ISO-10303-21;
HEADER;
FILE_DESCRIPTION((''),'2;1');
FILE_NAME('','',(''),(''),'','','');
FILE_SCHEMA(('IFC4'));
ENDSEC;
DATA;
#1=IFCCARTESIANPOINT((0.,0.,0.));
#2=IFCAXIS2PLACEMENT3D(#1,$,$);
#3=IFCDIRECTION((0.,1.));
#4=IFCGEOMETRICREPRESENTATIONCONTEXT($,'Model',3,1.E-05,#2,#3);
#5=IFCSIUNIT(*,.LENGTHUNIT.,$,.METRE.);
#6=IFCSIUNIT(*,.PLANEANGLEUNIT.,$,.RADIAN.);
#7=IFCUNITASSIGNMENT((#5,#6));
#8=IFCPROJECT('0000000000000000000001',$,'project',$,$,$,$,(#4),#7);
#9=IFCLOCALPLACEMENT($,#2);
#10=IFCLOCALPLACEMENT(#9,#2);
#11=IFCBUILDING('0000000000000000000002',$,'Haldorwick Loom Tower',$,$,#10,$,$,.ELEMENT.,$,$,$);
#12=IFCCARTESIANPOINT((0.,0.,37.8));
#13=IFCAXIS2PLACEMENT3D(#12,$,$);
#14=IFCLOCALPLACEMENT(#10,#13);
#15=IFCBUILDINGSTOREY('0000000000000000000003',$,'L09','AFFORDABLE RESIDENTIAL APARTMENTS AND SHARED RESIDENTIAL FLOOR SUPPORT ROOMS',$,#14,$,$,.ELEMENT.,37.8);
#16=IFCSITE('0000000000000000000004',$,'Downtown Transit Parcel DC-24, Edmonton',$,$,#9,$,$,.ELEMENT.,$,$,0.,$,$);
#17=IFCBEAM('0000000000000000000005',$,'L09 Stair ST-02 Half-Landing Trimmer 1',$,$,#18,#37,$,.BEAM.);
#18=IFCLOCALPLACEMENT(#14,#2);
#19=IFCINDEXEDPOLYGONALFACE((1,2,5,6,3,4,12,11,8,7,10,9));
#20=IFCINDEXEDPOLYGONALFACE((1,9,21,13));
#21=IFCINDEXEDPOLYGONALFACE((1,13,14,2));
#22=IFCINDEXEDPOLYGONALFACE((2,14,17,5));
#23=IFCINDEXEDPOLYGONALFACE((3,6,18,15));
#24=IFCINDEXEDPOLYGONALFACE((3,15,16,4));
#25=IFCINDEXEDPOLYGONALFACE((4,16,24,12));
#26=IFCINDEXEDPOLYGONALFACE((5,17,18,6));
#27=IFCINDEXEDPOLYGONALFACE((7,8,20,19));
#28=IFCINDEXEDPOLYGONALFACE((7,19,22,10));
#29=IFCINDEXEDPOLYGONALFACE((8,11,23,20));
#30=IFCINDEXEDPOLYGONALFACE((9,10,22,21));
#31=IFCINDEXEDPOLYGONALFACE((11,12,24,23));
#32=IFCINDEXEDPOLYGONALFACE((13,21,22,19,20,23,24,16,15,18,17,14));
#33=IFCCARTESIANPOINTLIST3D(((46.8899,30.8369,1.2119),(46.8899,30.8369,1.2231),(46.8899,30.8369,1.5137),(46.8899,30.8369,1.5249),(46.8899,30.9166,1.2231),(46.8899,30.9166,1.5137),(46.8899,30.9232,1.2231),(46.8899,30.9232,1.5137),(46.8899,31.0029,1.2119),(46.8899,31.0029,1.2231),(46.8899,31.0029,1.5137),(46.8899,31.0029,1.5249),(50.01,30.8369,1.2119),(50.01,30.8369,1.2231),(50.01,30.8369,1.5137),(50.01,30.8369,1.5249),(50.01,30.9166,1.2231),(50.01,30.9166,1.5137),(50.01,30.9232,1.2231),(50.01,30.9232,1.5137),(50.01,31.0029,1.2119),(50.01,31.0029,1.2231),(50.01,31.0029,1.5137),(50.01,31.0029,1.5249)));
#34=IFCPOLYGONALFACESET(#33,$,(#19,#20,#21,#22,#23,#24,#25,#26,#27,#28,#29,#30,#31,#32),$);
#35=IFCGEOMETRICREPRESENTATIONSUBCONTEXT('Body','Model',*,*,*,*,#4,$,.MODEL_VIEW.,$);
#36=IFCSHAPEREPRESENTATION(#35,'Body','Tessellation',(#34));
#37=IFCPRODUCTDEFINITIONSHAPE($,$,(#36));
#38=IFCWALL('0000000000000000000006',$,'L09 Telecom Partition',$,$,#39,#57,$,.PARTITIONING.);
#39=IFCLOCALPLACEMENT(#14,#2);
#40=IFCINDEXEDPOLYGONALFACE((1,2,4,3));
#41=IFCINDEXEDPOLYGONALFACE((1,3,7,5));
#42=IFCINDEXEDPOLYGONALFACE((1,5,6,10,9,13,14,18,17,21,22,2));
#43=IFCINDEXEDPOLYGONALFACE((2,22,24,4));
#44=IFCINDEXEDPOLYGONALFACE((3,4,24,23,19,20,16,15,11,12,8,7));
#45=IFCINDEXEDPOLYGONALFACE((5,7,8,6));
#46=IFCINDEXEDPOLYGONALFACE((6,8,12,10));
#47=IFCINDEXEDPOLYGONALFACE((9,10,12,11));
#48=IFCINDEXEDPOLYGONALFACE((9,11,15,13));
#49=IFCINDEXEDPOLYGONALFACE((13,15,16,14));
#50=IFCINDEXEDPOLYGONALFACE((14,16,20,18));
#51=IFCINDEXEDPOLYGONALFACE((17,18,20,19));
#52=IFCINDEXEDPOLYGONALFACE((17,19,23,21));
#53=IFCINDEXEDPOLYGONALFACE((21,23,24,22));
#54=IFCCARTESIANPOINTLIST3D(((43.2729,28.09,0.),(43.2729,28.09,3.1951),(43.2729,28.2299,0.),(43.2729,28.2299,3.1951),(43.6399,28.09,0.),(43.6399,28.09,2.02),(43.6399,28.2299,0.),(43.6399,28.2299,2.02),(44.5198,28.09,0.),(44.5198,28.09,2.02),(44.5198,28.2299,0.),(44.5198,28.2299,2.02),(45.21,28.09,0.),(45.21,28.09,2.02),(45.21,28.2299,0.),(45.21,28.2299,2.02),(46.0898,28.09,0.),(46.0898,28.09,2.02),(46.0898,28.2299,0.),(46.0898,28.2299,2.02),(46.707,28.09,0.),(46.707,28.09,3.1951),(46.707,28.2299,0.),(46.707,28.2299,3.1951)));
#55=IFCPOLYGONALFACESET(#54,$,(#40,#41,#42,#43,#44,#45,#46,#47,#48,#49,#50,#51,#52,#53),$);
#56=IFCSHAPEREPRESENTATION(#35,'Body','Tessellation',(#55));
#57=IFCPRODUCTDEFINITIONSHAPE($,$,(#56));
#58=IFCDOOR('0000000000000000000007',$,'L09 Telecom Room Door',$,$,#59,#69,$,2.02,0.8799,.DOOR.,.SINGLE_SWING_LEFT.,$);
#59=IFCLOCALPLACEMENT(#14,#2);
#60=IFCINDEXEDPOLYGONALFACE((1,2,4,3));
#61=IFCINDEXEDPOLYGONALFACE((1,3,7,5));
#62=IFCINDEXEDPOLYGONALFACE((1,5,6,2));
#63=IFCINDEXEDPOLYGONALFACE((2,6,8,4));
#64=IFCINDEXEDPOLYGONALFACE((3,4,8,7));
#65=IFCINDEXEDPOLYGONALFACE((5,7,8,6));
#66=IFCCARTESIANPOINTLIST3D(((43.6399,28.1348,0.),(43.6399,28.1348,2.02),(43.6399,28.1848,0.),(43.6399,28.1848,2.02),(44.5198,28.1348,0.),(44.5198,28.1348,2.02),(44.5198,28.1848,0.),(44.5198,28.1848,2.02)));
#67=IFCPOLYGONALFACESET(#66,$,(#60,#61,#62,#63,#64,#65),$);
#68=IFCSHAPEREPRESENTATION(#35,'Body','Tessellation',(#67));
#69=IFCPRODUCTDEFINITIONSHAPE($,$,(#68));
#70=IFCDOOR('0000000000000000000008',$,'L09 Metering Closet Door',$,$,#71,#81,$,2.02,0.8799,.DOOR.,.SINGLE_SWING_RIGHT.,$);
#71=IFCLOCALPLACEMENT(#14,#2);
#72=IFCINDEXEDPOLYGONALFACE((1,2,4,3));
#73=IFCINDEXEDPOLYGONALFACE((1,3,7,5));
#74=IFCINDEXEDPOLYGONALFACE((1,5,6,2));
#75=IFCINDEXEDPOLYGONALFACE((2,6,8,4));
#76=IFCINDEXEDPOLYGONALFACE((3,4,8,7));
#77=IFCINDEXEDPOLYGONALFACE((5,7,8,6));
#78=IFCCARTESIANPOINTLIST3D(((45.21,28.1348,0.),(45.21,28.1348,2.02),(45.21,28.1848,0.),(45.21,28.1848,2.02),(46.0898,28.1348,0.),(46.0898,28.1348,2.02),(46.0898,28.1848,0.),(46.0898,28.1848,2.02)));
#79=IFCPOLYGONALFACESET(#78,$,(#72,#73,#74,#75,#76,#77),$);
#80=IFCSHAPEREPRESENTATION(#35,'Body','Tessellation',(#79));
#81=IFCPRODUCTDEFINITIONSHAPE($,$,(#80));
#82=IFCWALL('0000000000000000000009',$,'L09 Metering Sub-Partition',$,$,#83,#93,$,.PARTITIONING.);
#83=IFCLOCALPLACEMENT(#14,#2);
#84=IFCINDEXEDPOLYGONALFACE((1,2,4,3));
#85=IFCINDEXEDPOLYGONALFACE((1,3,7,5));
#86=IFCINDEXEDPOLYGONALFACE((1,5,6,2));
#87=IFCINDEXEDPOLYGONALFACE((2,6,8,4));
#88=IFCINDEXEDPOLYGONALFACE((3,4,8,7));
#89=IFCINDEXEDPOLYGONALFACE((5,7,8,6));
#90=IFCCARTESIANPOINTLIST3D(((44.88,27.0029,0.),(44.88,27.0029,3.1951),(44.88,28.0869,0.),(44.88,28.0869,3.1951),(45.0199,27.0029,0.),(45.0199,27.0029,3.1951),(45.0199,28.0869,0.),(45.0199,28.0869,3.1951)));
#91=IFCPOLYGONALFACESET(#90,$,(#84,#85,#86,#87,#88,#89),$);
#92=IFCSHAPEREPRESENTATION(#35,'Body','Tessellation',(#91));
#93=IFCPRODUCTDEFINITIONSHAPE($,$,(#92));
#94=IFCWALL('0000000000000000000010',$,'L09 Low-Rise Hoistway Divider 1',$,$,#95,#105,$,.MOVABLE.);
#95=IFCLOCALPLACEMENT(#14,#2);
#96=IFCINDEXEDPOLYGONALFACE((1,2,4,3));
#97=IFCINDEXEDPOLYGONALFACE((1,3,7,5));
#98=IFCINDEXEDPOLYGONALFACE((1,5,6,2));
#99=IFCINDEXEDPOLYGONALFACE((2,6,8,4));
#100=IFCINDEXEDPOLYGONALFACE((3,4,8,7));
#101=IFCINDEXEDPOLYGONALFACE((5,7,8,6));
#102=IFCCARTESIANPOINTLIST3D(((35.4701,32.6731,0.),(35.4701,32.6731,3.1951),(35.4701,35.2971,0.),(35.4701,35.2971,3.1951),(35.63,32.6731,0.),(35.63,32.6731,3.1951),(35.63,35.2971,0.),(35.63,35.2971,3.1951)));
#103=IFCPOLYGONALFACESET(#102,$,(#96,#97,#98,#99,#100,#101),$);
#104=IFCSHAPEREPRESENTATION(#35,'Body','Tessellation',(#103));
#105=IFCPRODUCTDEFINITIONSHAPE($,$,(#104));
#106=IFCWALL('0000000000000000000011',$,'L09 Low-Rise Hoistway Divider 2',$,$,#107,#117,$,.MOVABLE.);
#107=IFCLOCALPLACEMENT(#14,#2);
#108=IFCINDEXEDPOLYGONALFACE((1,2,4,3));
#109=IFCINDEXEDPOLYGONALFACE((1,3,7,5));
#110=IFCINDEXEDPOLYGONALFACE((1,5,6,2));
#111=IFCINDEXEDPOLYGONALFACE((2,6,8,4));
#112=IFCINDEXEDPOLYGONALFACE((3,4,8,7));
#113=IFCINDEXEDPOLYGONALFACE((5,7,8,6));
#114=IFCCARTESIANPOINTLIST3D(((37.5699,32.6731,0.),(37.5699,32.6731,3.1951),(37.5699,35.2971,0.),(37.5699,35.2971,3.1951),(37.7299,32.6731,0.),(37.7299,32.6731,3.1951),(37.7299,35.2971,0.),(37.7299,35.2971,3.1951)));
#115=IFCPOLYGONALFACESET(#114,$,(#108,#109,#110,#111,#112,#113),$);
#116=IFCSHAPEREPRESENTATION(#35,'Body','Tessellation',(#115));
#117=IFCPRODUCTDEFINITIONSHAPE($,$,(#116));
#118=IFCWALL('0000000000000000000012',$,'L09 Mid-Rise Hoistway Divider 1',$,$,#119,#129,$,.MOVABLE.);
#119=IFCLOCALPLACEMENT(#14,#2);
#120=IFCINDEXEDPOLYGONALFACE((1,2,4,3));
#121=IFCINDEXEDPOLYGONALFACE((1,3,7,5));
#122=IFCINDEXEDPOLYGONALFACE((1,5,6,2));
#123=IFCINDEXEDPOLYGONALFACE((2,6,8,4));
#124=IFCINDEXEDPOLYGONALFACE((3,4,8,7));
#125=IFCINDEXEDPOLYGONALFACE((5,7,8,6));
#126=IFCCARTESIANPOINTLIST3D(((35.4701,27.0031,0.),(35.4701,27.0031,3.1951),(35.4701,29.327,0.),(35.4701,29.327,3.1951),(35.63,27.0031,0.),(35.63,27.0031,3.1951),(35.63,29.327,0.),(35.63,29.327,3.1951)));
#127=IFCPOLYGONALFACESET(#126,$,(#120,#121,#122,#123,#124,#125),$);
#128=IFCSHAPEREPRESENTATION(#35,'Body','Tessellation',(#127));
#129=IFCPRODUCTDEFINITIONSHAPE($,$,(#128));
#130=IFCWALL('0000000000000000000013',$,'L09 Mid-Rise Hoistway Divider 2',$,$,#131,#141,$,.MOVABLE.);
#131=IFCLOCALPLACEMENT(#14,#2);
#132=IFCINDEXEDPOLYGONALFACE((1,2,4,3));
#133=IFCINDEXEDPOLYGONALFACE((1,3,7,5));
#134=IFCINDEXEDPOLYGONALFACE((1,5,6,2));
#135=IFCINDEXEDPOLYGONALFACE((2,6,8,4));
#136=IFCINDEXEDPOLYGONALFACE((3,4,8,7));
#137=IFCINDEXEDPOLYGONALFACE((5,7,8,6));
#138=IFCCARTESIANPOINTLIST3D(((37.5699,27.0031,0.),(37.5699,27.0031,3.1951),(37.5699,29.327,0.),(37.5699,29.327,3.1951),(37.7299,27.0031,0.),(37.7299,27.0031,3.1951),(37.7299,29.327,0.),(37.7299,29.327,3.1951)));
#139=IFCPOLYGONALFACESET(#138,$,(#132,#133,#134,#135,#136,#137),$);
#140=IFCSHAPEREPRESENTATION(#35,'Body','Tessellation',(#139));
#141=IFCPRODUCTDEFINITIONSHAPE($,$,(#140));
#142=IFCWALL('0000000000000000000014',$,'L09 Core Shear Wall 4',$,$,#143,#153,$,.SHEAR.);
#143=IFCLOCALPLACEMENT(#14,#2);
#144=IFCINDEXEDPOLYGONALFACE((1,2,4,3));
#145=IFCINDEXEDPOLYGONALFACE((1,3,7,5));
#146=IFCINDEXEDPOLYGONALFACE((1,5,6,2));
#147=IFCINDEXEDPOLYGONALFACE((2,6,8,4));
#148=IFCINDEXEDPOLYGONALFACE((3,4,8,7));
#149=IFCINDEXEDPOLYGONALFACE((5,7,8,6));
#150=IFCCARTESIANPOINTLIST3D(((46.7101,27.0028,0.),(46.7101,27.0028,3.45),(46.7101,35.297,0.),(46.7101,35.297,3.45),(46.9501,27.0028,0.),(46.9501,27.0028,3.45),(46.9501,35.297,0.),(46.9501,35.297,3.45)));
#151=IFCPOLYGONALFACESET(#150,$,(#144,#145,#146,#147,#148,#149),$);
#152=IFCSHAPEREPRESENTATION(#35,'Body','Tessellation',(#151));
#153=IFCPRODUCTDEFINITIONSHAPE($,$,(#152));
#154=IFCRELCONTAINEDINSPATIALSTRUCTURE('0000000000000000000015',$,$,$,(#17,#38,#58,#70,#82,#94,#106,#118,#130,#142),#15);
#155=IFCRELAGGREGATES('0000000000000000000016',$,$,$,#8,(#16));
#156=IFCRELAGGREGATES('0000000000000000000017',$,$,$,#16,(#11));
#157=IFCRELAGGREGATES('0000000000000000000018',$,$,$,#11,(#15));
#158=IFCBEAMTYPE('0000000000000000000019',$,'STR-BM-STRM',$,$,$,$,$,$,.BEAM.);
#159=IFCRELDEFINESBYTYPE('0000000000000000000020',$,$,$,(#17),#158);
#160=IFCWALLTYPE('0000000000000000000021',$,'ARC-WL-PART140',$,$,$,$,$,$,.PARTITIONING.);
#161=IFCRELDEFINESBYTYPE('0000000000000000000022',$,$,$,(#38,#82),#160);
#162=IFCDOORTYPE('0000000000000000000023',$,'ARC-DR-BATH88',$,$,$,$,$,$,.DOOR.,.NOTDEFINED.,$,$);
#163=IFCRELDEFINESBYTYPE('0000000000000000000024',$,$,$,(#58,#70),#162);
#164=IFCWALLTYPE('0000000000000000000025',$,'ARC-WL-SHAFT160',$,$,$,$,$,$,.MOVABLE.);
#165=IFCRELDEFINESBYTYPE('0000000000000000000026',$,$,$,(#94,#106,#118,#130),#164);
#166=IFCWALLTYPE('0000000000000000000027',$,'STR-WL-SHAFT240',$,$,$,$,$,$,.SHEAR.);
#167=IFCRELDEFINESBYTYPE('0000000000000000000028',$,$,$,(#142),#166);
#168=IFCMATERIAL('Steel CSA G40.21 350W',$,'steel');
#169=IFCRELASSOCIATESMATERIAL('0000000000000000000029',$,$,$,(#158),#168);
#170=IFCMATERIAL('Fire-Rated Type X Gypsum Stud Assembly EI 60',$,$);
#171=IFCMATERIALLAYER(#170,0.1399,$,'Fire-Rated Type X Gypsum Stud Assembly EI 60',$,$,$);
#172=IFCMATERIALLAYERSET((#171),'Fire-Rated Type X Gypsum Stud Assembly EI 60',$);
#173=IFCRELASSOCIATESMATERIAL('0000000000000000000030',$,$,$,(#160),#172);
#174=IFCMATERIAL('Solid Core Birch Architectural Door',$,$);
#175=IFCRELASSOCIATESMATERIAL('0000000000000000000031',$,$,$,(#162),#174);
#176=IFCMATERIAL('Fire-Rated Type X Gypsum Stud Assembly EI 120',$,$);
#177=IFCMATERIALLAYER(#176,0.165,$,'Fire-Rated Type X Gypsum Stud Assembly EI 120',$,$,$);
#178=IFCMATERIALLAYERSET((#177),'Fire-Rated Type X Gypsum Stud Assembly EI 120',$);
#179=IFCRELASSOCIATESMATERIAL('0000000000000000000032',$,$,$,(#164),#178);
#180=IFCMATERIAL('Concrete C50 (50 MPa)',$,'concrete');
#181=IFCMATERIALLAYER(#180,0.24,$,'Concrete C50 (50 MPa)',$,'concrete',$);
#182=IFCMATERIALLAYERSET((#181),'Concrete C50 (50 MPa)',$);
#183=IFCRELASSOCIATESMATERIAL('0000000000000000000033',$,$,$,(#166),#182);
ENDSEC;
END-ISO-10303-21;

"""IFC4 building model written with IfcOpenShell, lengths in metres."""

from ifc_helpers import new_model, si_unit, direction, frame, frame_2d, origin, origin_2d, place, context, subcontext, project, spatial, rectangle, i_section, extrude, material, layer, layer_set, material_profile, profile_set, type_object, element, fill, save


model = new_model("IFC4")

# Units and contexts
model_context = context("Model", 3, precision=1e-05, world=origin(), true_north=direction((0.0, 1.0)))
body_context = subcontext(model_context, "Body", "Model", "MODEL_VIEW")
ifc_project = project(units=[si_unit("LENGTHUNIT", "METRE"), si_unit("PLANEANGLEUNIT", "RADIAN")], contexts=[model_context])

# Site, building, storey
site_placement = place(None, origin())
site = spatial("IfcSite", under=ifc_project, at=site_placement, Name="Downtown Transit Parcel DC-24, Edmonton", CompositionType="ELEMENT", RefElevation=0.0)
building_placement = place(site_placement, origin())
building = spatial("IfcBuilding", under=site, at=building_placement, Name="Haldorwick Loom Tower", CompositionType="ELEMENT")
storey_placement = place(building_placement, frame((0.0, 0.0, 37.8)))
storey = spatial("IfcBuildingStorey", under=building, at=storey_placement, Name="L09", Description="AFFORDABLE RESIDENTIAL APARTMENTS AND SHARED RESIDENTIAL FLOOR SUPPORT ROOMS", CompositionType="ELEMENT", Elevation=37.8)

# Beam
ifc_material_1 = material(Name="Steel CSA G40.21 350W", Category="steel")
ifc_material_profile_1 = material_profile(ifc_material_1, i_section(OverallWidth=0.166, OverallDepth=0.313, WebThickness=0.0066, FlangeThickness=0.0112, at=origin_2d()), Name="W310X45", Category="steel")
ifc_profile_set_1 = profile_set([ifc_material_profile_1], Name="Steel CSA G40.21 350W")
beam_type_1 = type_object("IfcBeamType", Name="STR-BM-STRM", PredefinedType="BEAM", material=ifc_profile_set_1)
for number, where, z_axis, x_axis, name in (
    (1, (46.8899, 30.9199, 1.3684), (1.0, 0.0, 0.0), (0.0, 1.0, 0.0), "L09 Stair ST-02 Half-Landing Trimmer 1"),
):
    element("IfcBeam", number, at=place(storey_placement, frame(where, z_axis=z_axis, x_axis=x_axis)), inside=storey, type_object=beam_type_1, Name=name, PredefinedType="BEAM", context=body_context, shape_type="SweptSolid", body=[
        extrude(i_section(OverallWidth=0.166, OverallDepth=0.313, WebThickness=0.0066, FlangeThickness=0.0112, at=origin_2d()), origin(), (0.0, 0.0, 1.0), 3.1201),
    ])

# Wall, openings, doors
ifc_material_2 = material(Name="Fire-Rated Type X Gypsum Stud Assembly EI 60")
ifc_layer_1 = layer(ifc_material_2, 0.1399, Name="Fire-Rated Type X Gypsum Stud Assembly EI 60")
ifc_layer_set_1 = layer_set([ifc_layer_1], Name="Fire-Rated Type X Gypsum Stud Assembly EI 60")
wall_type_1 = type_object("IfcWallType", Name="ARC-WL-PART140", PredefinedType="PARTITIONING", material=ifc_layer_set_1)
wall_1_placement = place(storey_placement, frame((43.2729, 28.1599, 0.0), z_axis=(0.0, 0.0, 1.0), x_axis=(1.0, 0.0, 0.0)))
wall_1 = element("IfcWall", 2, at=wall_1_placement, inside=storey, type_object=wall_type_1, Name="L09 Telecom Partition", PredefinedType="PARTITIONING", context=body_context, shape_type="SweptSolid", body=[
    extrude(rectangle(XDim=3.4341, YDim=0.1399, at=frame_2d((1.717, 0.0))), origin(), (0.0, 0.0, 1.0), 3.1951),
])
opening_1_placement = place(wall_1_placement, frame((0.3669, 0.0, 0.0)))
opening_1 = element("IfcOpeningElement", 3, at=opening_1_placement, cuts=wall_1, PredefinedType="OPENING", context=body_context, shape_type="SweptSolid", body=[
    extrude(rectangle(XDim=0.8799, YDim=2.02, at=frame_2d((0.4399, 1.01))), frame((0.0, 0.0798, 0.0), z_axis=(0.0, -1.0, 0.0), x_axis=(1.0, 0.0, 0.0)), (0.0, 0.0, 1.0), 0.1599),
])
opening_2_placement = place(wall_1_placement, frame((1.937, 0.0, 0.0)))
opening_2 = element("IfcOpeningElement", 4, at=opening_2_placement, cuts=wall_1, PredefinedType="OPENING", context=body_context, shape_type="SweptSolid", body=[
    extrude(rectangle(XDim=0.8799, YDim=2.02, at=frame_2d((0.4399, 1.01))), frame((0.0, 0.0798, 0.0), z_axis=(0.0, -1.0, 0.0), x_axis=(1.0, 0.0, 0.0)), (0.0, 0.0, 1.0), 0.1599),
])
ifc_material_3 = material(Name="Solid Core Birch Architectural Door")
door_type_1 = type_object("IfcDoorType", Name="ARC-DR-BATH88", OperationType="NOTDEFINED", PredefinedType="DOOR", material=ifc_material_3)
door_1_placement = place(opening_1_placement, origin())
door_1 = element("IfcDoor", 5, at=door_1_placement, inside=storey, type_object=door_type_1, Name="L09 Telecom Room Door", OperationType="SINGLE_SWING_LEFT", OverallHeight=2.02, OverallWidth=0.8799, PredefinedType="DOOR", context=body_context, shape_type="SweptSolid", body=[
    extrude(rectangle(XDim=0.8799, YDim=2.02, at=frame_2d((0.4399, 1.01))), frame((0.0, 0.0249, 0.0), z_axis=(0.0, -1.0, 0.0), x_axis=(1.0, 0.0, 0.0)), (0.0, 0.0, 1.0), 0.05),
])
fill(opening_1, door_1)
door_2_placement = place(opening_2_placement, origin())
door_2 = element("IfcDoor", 6, at=door_2_placement, inside=storey, type_object=door_type_1, Name="L09 Metering Closet Door", OperationType="SINGLE_SWING_RIGHT", OverallHeight=2.02, OverallWidth=0.8799, PredefinedType="DOOR", context=body_context, shape_type="SweptSolid", body=[
    extrude(rectangle(XDim=0.8799, YDim=2.02, at=frame_2d((0.4399, 1.01))), frame((0.0, 0.0249, 0.0), z_axis=(0.0, -1.0, 0.0), x_axis=(1.0, 0.0, 0.0)), (0.0, 0.0, 1.0), 0.05),
])
fill(opening_2, door_2)

# Walls
wall_2_placement = place(storey_placement, frame((44.95, 27.0029, 0.0), z_axis=(0.0, 0.0, 1.0), x_axis=(0.0, 1.0, 0.0)))
element("IfcWall", 7, at=wall_2_placement, inside=storey, type_object=wall_type_1, Name="L09 Metering Sub-Partition", PredefinedType="PARTITIONING", context=body_context, shape_type="SweptSolid", body=[
    extrude(rectangle(XDim=1.084, YDim=0.1399, at=frame_2d((0.542, 0.0))), origin(), (0.0, 0.0, 1.0), 3.1951),
])
ifc_material_4 = material(Name="Fire-Rated Type X Gypsum Stud Assembly EI 120")
ifc_layer_2 = layer(ifc_material_4, 0.165, Name="Fire-Rated Type X Gypsum Stud Assembly EI 120")
ifc_layer_set_2 = layer_set([ifc_layer_2], Name="Fire-Rated Type X Gypsum Stud Assembly EI 120")
wall_type_2 = type_object("IfcWallType", Name="ARC-WL-SHAFT160", PredefinedType="MOVABLE", material=ifc_layer_set_2)
for number, where, z_axis, x_axis, name in (
    (8, (35.55, 32.6731, 0.0), (0.0, 0.0, 1.0), (0.0, 1.0, 0.0), "L09 Low-Rise Hoistway Divider 1"),
    (9, (37.6499, 32.6731, 0.0), (0.0, 0.0, 1.0), (0.0, 1.0, 0.0), "L09 Low-Rise Hoistway Divider 2"),
):
    element("IfcWall", number, at=place(storey_placement, frame(where, z_axis=z_axis, x_axis=x_axis)), inside=storey, type_object=wall_type_2, Name=name, PredefinedType="MOVABLE", context=body_context, shape_type="SweptSolid", body=[
        extrude(rectangle(XDim=2.624, YDim=0.1599, at=frame_2d((1.312, 0.0))), origin(), (0.0, 0.0, 1.0), 3.1951),
    ])
for number, where, z_axis, x_axis, name in (
    (10, (35.55, 27.0029, 0.0), (0.0, 0.0, 1.0), (0.0, 1.0, 0.0), "L09 Mid-Rise Hoistway Divider 1"),
    (11, (37.6499, 27.0029, 0.0), (0.0, 0.0, 1.0), (0.0, 1.0, 0.0), "L09 Mid-Rise Hoistway Divider 2"),
):
    element("IfcWall", number, at=place(storey_placement, frame(where, z_axis=z_axis, x_axis=x_axis)), inside=storey, type_object=wall_type_2, Name=name, PredefinedType="MOVABLE", context=body_context, shape_type="SweptSolid", body=[
        extrude(rectangle(XDim=2.324, YDim=0.1599, at=frame_2d((1.1621, 0.0))), origin(), (0.0, 0.0, 1.0), 3.1951),
    ])
ifc_material_5 = material(Name="Concrete C50 (50 MPa)", Category="concrete")
ifc_layer_3 = layer(ifc_material_5, 0.24, Name="Concrete C50 (50 MPa)", Category="concrete")
ifc_layer_set_3 = layer_set([ifc_layer_3], Name="Concrete C50 (50 MPa)")
wall_type_3 = type_object("IfcWallType", Name="STR-WL-SHAFT240", PredefinedType="SHEAR", material=ifc_layer_set_3)
wall_3_placement = place(storey_placement, frame((46.8301, 27.0029, 0.0), z_axis=(0.0, 0.0, 1.0), x_axis=(0.0, 1.0, 0.0)))
element("IfcWall", 12, at=wall_3_placement, inside=storey, type_object=wall_type_3, Name="L09 Core Shear Wall 4", PredefinedType="SHEAR", context=body_context, shape_type="SweptSolid", body=[
    extrude(rectangle(XDim=8.2942, YDim=0.24, at=frame_2d((4.147, 0.0))), origin(), (0.0, 0.0, 1.0), 3.45),
])

save(model, "model.ifc")
